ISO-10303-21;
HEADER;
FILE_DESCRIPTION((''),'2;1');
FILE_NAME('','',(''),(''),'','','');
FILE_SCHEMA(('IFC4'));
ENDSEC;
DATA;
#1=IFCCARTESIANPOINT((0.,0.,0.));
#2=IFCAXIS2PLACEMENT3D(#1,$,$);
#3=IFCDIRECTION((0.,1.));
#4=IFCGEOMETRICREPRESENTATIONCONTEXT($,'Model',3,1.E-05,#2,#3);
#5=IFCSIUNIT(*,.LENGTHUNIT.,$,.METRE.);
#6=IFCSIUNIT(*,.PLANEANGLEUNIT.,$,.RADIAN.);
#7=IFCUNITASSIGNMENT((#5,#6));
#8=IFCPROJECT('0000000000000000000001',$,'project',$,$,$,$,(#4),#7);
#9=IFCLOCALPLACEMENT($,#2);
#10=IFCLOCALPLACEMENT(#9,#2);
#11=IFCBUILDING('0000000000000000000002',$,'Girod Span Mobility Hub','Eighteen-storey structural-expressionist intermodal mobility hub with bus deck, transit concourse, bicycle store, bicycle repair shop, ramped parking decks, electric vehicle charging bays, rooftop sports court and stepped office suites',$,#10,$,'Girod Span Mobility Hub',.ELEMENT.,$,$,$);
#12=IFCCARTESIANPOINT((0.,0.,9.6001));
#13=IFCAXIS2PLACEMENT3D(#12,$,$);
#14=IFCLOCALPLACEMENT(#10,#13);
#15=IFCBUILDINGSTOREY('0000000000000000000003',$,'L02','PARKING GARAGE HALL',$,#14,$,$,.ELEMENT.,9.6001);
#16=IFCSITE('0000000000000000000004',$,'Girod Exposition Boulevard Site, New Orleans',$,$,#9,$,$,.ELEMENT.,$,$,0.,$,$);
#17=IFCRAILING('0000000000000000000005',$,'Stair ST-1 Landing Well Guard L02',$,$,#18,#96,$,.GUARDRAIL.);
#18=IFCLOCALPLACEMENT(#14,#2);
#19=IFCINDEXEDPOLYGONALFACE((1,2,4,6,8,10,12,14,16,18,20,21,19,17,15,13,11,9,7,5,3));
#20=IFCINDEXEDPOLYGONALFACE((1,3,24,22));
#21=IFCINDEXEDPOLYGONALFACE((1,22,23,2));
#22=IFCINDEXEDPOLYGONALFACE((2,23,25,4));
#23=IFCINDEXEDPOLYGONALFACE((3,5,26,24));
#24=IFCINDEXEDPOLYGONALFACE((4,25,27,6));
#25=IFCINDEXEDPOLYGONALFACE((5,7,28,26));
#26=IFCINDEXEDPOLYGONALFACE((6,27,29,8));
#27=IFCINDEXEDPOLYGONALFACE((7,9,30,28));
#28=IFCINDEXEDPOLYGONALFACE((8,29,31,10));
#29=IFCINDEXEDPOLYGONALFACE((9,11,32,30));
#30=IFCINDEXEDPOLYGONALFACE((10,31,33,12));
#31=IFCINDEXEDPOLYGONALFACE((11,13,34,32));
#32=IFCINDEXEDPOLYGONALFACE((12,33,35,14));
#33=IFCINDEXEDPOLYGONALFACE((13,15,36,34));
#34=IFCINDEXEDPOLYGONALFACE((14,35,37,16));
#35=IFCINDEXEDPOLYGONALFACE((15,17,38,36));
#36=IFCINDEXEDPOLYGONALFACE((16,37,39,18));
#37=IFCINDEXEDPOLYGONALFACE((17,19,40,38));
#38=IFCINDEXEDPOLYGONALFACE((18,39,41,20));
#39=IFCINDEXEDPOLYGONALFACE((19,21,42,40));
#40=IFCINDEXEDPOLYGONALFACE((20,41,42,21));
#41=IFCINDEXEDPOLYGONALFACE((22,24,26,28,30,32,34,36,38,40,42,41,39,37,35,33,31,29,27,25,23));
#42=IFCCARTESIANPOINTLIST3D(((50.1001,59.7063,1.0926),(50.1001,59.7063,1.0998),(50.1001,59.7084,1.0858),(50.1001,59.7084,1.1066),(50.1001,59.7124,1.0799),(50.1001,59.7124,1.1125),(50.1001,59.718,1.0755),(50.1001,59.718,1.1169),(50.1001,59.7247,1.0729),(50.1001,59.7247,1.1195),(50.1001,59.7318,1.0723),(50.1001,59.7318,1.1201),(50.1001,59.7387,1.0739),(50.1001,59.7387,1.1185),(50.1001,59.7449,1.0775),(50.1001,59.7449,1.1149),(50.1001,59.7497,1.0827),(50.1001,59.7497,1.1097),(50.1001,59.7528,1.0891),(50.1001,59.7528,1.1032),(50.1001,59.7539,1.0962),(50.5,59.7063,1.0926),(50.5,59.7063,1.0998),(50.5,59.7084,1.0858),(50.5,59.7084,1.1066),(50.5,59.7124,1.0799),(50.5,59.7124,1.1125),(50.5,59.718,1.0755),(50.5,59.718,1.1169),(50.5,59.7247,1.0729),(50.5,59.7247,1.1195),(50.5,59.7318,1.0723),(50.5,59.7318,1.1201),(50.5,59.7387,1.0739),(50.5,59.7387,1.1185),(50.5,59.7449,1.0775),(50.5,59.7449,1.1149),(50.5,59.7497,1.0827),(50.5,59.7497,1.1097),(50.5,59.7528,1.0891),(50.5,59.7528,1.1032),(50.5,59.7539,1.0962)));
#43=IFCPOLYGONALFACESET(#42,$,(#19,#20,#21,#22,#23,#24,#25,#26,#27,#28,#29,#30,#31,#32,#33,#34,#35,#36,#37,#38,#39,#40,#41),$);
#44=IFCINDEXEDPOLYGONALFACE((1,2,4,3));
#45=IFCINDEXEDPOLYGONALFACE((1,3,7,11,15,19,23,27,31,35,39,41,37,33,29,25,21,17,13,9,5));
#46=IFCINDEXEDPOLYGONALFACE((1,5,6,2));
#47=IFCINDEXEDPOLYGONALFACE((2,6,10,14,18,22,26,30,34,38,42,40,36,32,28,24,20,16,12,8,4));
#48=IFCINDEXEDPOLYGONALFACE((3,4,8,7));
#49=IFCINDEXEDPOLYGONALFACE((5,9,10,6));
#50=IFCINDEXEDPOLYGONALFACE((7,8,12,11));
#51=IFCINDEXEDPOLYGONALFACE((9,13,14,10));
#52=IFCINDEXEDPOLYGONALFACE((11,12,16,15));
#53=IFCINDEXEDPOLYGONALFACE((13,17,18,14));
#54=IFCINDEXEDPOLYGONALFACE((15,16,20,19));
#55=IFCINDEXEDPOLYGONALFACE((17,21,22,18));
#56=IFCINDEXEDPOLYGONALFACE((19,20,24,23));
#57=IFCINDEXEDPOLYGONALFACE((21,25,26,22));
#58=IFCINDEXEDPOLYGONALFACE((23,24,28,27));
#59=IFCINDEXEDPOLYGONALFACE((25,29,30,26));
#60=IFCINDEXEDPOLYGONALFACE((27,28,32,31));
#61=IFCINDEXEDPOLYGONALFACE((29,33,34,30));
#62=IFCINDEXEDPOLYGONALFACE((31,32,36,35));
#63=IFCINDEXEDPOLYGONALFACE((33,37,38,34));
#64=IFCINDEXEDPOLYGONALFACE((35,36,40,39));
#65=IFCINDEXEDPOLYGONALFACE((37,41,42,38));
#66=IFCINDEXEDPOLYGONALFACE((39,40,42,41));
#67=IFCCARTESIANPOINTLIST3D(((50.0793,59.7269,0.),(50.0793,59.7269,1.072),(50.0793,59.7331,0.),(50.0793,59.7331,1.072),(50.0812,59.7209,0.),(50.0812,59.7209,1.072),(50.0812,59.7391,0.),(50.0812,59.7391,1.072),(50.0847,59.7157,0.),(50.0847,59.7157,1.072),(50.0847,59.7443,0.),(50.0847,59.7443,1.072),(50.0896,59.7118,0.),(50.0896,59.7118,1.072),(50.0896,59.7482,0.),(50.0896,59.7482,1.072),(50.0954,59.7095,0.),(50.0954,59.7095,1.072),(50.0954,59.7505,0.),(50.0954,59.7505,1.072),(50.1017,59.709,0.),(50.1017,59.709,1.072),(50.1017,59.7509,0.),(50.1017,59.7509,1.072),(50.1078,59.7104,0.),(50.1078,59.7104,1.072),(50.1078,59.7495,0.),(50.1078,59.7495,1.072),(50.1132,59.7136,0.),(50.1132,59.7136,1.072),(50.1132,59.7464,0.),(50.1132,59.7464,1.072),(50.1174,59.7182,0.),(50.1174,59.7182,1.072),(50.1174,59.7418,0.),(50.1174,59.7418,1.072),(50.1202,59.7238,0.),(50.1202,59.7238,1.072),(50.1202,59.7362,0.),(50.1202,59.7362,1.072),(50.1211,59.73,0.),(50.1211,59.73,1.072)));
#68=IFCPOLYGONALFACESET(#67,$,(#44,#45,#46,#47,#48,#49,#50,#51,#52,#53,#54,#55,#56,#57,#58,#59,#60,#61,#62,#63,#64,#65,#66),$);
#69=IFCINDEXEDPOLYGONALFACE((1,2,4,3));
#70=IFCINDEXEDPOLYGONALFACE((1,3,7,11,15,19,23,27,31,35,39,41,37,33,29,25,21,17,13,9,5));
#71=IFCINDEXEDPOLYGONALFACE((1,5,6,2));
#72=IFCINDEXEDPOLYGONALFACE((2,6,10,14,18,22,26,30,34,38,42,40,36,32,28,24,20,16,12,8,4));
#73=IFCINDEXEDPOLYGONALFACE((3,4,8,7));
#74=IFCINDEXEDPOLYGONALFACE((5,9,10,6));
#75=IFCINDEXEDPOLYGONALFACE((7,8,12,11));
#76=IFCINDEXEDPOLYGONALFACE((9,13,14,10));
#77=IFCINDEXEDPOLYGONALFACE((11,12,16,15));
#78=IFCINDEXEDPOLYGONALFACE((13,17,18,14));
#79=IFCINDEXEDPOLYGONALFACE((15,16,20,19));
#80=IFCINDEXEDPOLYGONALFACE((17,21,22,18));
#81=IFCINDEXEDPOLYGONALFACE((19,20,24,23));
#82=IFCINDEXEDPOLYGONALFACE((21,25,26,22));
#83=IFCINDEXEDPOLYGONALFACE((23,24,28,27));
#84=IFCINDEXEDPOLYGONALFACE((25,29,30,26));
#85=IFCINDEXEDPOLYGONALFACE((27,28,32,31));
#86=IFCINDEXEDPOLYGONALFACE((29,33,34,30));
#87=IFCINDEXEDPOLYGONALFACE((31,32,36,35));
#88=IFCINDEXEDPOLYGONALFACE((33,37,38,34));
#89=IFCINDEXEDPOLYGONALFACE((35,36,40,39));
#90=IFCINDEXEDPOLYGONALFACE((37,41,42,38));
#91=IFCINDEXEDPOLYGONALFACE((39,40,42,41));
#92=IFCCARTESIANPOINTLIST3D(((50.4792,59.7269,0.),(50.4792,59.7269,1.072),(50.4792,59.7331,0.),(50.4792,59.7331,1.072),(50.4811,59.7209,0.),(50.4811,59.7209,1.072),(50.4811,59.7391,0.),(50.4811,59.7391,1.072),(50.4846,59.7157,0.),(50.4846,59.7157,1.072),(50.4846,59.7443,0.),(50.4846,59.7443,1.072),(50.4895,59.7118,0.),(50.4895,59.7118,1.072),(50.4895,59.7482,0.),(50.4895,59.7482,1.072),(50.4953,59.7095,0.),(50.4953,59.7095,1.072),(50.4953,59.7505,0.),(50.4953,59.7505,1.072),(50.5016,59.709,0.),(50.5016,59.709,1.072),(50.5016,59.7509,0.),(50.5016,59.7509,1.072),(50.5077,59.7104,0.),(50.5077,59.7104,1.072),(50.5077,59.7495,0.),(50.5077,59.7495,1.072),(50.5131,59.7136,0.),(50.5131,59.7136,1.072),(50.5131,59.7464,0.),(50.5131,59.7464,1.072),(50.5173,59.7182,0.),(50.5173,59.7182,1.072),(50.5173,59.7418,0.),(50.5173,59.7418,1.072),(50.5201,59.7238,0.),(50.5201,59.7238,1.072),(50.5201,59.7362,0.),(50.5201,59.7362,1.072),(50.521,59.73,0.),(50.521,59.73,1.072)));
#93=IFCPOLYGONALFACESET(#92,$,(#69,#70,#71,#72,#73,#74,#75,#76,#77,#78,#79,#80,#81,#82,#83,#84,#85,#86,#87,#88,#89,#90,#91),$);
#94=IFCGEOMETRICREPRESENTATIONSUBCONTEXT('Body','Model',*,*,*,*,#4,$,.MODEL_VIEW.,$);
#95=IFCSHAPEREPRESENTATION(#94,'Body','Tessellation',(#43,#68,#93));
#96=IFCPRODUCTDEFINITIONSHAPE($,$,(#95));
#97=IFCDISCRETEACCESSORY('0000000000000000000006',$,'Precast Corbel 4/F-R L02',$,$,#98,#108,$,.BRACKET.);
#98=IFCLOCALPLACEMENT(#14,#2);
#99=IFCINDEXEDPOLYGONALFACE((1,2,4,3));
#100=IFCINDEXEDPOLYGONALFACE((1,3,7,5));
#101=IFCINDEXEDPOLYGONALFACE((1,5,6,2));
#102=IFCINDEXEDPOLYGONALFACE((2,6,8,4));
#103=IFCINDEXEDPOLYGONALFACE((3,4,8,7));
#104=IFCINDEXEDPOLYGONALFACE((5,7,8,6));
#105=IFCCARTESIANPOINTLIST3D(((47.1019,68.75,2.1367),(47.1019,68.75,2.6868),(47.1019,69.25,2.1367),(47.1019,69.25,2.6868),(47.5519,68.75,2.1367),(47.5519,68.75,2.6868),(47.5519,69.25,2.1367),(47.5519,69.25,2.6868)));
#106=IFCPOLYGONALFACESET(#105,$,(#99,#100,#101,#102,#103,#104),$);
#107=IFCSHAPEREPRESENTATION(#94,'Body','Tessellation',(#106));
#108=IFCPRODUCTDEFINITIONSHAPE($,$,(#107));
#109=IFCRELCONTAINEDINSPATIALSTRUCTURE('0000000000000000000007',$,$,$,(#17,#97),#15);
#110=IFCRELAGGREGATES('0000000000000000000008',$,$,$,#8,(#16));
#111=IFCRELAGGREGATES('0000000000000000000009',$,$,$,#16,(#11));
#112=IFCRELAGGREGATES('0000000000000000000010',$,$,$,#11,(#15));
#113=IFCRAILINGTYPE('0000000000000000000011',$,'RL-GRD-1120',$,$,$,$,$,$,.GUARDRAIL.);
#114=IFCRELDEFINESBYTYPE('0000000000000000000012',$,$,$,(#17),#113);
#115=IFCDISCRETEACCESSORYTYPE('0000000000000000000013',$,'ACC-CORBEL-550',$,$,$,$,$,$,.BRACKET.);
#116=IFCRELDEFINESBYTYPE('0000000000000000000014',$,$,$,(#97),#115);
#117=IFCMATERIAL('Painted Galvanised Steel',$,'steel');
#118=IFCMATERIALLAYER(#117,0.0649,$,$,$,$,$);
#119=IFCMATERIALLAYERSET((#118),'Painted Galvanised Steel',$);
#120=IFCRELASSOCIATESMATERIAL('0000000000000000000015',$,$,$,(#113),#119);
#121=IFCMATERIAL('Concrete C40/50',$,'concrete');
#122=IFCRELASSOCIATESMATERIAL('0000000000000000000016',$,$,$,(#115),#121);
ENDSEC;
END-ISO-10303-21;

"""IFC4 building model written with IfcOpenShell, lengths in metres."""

from ifc_helpers import new_model, si_unit, direction, frame, origin, origin_2d, place, context, subcontext, project, spatial, rectangle, circle, extrude, material, layer, layer_set, type_object, element, save


model = new_model("IFC4")

# Units and contexts
model_context = context("Model", 3, precision=1e-05, world=origin(), true_north=direction((0.0, 1.0)))
body_context = subcontext(model_context, "Body", "Model", "MODEL_VIEW")
ifc_project = project(units=[si_unit("LENGTHUNIT", "METRE"), si_unit("PLANEANGLEUNIT", "RADIAN")], contexts=[model_context])

# Site, building, storey
site_placement = place(None, origin())
site = spatial("IfcSite", under=ifc_project, at=site_placement, Name="Girod Exposition Boulevard Site, New Orleans", CompositionType="ELEMENT", RefElevation=0.0)
building_placement = place(site_placement, origin())
building = spatial("IfcBuilding", under=site, at=building_placement, Name="Girod Span Mobility Hub", Description="Eighteen-storey structural-expressionist intermodal mobility hub with bus deck, transit concourse, bicycle store, bicycle repair shop, ramped parking decks, electric vehicle charging bays, rooftop sports court and stepped office suites", LongName="Girod Span Mobility Hub", CompositionType="ELEMENT")
storey_placement = place(building_placement, frame((0.0, 0.0, 9.6001)))
storey = spatial("IfcBuildingStorey", under=building, at=storey_placement, Name="L02", Description="PARKING GARAGE HALL", CompositionType="ELEMENT", Elevation=9.6001)

# Railing
ifc_material_1 = material(Name="Painted Galvanised Steel", Category="steel")
ifc_layer_1 = layer(ifc_material_1, 0.0649)
ifc_layer_set_1 = layer_set([ifc_layer_1], Name="Painted Galvanised Steel")
railing_type_1 = type_object("IfcRailingType", Name="RL-GRD-1120", PredefinedType="GUARDRAIL", material=ifc_layer_set_1)
for number, where, name in (
    (1, (50.1001, 59.73, 0.0), "Stair ST-1 Landing Well Guard L02"),
):
    element("IfcRailing", number, at=place(storey_placement, frame(where)), inside=storey, type_object=railing_type_1, Name=name, PredefinedType="GUARDRAIL", context=body_context, shape_type="SweptSolid", body=[
        extrude(circle(Radius=0.0239, at=origin_2d()), frame((0.0, 0.0, 1.0962), z_axis=(1.0, 0.0, 0.0), x_axis=(0.0, 1.0, 0.0)), (0.0, 0.0, 1.0), 0.3999),
        extrude(circle(Radius=0.021, at=origin_2d()), origin(), (0.0, 0.0, 1.0), 1.072),
        extrude(circle(Radius=0.021, at=origin_2d()), frame((0.3999, 0.0, 0.0)), (0.0, 0.0, 1.0), 1.072),
    ])

# Discrete accessory
ifc_material_2 = material(Name="Concrete C40/50", Category="concrete")
discrete_accessory_type = type_object("IfcDiscreteAccessoryType", Name="ACC-CORBEL-550", PredefinedType="BRACKET", material=ifc_material_2)
discrete_accessory_placement = place(storey_placement, frame((47.3269, 69.0, 2.1367), z_axis=(0.0, 0.0, 1.0), x_axis=(1.0, 0.0, 0.0)))
element("IfcDiscreteAccessory", 2, at=discrete_accessory_placement, inside=storey, type_object=discrete_accessory_type, Name="Precast Corbel 4/F-R L02", PredefinedType="BRACKET", context=body_context, shape_type="SweptSolid", body=[
    extrude(rectangle(XDim=0.45, YDim=0.5, at=origin_2d()), origin(), (0.0, 0.0, 1.0), 0.55),
])

save(model, "model.ifc")
